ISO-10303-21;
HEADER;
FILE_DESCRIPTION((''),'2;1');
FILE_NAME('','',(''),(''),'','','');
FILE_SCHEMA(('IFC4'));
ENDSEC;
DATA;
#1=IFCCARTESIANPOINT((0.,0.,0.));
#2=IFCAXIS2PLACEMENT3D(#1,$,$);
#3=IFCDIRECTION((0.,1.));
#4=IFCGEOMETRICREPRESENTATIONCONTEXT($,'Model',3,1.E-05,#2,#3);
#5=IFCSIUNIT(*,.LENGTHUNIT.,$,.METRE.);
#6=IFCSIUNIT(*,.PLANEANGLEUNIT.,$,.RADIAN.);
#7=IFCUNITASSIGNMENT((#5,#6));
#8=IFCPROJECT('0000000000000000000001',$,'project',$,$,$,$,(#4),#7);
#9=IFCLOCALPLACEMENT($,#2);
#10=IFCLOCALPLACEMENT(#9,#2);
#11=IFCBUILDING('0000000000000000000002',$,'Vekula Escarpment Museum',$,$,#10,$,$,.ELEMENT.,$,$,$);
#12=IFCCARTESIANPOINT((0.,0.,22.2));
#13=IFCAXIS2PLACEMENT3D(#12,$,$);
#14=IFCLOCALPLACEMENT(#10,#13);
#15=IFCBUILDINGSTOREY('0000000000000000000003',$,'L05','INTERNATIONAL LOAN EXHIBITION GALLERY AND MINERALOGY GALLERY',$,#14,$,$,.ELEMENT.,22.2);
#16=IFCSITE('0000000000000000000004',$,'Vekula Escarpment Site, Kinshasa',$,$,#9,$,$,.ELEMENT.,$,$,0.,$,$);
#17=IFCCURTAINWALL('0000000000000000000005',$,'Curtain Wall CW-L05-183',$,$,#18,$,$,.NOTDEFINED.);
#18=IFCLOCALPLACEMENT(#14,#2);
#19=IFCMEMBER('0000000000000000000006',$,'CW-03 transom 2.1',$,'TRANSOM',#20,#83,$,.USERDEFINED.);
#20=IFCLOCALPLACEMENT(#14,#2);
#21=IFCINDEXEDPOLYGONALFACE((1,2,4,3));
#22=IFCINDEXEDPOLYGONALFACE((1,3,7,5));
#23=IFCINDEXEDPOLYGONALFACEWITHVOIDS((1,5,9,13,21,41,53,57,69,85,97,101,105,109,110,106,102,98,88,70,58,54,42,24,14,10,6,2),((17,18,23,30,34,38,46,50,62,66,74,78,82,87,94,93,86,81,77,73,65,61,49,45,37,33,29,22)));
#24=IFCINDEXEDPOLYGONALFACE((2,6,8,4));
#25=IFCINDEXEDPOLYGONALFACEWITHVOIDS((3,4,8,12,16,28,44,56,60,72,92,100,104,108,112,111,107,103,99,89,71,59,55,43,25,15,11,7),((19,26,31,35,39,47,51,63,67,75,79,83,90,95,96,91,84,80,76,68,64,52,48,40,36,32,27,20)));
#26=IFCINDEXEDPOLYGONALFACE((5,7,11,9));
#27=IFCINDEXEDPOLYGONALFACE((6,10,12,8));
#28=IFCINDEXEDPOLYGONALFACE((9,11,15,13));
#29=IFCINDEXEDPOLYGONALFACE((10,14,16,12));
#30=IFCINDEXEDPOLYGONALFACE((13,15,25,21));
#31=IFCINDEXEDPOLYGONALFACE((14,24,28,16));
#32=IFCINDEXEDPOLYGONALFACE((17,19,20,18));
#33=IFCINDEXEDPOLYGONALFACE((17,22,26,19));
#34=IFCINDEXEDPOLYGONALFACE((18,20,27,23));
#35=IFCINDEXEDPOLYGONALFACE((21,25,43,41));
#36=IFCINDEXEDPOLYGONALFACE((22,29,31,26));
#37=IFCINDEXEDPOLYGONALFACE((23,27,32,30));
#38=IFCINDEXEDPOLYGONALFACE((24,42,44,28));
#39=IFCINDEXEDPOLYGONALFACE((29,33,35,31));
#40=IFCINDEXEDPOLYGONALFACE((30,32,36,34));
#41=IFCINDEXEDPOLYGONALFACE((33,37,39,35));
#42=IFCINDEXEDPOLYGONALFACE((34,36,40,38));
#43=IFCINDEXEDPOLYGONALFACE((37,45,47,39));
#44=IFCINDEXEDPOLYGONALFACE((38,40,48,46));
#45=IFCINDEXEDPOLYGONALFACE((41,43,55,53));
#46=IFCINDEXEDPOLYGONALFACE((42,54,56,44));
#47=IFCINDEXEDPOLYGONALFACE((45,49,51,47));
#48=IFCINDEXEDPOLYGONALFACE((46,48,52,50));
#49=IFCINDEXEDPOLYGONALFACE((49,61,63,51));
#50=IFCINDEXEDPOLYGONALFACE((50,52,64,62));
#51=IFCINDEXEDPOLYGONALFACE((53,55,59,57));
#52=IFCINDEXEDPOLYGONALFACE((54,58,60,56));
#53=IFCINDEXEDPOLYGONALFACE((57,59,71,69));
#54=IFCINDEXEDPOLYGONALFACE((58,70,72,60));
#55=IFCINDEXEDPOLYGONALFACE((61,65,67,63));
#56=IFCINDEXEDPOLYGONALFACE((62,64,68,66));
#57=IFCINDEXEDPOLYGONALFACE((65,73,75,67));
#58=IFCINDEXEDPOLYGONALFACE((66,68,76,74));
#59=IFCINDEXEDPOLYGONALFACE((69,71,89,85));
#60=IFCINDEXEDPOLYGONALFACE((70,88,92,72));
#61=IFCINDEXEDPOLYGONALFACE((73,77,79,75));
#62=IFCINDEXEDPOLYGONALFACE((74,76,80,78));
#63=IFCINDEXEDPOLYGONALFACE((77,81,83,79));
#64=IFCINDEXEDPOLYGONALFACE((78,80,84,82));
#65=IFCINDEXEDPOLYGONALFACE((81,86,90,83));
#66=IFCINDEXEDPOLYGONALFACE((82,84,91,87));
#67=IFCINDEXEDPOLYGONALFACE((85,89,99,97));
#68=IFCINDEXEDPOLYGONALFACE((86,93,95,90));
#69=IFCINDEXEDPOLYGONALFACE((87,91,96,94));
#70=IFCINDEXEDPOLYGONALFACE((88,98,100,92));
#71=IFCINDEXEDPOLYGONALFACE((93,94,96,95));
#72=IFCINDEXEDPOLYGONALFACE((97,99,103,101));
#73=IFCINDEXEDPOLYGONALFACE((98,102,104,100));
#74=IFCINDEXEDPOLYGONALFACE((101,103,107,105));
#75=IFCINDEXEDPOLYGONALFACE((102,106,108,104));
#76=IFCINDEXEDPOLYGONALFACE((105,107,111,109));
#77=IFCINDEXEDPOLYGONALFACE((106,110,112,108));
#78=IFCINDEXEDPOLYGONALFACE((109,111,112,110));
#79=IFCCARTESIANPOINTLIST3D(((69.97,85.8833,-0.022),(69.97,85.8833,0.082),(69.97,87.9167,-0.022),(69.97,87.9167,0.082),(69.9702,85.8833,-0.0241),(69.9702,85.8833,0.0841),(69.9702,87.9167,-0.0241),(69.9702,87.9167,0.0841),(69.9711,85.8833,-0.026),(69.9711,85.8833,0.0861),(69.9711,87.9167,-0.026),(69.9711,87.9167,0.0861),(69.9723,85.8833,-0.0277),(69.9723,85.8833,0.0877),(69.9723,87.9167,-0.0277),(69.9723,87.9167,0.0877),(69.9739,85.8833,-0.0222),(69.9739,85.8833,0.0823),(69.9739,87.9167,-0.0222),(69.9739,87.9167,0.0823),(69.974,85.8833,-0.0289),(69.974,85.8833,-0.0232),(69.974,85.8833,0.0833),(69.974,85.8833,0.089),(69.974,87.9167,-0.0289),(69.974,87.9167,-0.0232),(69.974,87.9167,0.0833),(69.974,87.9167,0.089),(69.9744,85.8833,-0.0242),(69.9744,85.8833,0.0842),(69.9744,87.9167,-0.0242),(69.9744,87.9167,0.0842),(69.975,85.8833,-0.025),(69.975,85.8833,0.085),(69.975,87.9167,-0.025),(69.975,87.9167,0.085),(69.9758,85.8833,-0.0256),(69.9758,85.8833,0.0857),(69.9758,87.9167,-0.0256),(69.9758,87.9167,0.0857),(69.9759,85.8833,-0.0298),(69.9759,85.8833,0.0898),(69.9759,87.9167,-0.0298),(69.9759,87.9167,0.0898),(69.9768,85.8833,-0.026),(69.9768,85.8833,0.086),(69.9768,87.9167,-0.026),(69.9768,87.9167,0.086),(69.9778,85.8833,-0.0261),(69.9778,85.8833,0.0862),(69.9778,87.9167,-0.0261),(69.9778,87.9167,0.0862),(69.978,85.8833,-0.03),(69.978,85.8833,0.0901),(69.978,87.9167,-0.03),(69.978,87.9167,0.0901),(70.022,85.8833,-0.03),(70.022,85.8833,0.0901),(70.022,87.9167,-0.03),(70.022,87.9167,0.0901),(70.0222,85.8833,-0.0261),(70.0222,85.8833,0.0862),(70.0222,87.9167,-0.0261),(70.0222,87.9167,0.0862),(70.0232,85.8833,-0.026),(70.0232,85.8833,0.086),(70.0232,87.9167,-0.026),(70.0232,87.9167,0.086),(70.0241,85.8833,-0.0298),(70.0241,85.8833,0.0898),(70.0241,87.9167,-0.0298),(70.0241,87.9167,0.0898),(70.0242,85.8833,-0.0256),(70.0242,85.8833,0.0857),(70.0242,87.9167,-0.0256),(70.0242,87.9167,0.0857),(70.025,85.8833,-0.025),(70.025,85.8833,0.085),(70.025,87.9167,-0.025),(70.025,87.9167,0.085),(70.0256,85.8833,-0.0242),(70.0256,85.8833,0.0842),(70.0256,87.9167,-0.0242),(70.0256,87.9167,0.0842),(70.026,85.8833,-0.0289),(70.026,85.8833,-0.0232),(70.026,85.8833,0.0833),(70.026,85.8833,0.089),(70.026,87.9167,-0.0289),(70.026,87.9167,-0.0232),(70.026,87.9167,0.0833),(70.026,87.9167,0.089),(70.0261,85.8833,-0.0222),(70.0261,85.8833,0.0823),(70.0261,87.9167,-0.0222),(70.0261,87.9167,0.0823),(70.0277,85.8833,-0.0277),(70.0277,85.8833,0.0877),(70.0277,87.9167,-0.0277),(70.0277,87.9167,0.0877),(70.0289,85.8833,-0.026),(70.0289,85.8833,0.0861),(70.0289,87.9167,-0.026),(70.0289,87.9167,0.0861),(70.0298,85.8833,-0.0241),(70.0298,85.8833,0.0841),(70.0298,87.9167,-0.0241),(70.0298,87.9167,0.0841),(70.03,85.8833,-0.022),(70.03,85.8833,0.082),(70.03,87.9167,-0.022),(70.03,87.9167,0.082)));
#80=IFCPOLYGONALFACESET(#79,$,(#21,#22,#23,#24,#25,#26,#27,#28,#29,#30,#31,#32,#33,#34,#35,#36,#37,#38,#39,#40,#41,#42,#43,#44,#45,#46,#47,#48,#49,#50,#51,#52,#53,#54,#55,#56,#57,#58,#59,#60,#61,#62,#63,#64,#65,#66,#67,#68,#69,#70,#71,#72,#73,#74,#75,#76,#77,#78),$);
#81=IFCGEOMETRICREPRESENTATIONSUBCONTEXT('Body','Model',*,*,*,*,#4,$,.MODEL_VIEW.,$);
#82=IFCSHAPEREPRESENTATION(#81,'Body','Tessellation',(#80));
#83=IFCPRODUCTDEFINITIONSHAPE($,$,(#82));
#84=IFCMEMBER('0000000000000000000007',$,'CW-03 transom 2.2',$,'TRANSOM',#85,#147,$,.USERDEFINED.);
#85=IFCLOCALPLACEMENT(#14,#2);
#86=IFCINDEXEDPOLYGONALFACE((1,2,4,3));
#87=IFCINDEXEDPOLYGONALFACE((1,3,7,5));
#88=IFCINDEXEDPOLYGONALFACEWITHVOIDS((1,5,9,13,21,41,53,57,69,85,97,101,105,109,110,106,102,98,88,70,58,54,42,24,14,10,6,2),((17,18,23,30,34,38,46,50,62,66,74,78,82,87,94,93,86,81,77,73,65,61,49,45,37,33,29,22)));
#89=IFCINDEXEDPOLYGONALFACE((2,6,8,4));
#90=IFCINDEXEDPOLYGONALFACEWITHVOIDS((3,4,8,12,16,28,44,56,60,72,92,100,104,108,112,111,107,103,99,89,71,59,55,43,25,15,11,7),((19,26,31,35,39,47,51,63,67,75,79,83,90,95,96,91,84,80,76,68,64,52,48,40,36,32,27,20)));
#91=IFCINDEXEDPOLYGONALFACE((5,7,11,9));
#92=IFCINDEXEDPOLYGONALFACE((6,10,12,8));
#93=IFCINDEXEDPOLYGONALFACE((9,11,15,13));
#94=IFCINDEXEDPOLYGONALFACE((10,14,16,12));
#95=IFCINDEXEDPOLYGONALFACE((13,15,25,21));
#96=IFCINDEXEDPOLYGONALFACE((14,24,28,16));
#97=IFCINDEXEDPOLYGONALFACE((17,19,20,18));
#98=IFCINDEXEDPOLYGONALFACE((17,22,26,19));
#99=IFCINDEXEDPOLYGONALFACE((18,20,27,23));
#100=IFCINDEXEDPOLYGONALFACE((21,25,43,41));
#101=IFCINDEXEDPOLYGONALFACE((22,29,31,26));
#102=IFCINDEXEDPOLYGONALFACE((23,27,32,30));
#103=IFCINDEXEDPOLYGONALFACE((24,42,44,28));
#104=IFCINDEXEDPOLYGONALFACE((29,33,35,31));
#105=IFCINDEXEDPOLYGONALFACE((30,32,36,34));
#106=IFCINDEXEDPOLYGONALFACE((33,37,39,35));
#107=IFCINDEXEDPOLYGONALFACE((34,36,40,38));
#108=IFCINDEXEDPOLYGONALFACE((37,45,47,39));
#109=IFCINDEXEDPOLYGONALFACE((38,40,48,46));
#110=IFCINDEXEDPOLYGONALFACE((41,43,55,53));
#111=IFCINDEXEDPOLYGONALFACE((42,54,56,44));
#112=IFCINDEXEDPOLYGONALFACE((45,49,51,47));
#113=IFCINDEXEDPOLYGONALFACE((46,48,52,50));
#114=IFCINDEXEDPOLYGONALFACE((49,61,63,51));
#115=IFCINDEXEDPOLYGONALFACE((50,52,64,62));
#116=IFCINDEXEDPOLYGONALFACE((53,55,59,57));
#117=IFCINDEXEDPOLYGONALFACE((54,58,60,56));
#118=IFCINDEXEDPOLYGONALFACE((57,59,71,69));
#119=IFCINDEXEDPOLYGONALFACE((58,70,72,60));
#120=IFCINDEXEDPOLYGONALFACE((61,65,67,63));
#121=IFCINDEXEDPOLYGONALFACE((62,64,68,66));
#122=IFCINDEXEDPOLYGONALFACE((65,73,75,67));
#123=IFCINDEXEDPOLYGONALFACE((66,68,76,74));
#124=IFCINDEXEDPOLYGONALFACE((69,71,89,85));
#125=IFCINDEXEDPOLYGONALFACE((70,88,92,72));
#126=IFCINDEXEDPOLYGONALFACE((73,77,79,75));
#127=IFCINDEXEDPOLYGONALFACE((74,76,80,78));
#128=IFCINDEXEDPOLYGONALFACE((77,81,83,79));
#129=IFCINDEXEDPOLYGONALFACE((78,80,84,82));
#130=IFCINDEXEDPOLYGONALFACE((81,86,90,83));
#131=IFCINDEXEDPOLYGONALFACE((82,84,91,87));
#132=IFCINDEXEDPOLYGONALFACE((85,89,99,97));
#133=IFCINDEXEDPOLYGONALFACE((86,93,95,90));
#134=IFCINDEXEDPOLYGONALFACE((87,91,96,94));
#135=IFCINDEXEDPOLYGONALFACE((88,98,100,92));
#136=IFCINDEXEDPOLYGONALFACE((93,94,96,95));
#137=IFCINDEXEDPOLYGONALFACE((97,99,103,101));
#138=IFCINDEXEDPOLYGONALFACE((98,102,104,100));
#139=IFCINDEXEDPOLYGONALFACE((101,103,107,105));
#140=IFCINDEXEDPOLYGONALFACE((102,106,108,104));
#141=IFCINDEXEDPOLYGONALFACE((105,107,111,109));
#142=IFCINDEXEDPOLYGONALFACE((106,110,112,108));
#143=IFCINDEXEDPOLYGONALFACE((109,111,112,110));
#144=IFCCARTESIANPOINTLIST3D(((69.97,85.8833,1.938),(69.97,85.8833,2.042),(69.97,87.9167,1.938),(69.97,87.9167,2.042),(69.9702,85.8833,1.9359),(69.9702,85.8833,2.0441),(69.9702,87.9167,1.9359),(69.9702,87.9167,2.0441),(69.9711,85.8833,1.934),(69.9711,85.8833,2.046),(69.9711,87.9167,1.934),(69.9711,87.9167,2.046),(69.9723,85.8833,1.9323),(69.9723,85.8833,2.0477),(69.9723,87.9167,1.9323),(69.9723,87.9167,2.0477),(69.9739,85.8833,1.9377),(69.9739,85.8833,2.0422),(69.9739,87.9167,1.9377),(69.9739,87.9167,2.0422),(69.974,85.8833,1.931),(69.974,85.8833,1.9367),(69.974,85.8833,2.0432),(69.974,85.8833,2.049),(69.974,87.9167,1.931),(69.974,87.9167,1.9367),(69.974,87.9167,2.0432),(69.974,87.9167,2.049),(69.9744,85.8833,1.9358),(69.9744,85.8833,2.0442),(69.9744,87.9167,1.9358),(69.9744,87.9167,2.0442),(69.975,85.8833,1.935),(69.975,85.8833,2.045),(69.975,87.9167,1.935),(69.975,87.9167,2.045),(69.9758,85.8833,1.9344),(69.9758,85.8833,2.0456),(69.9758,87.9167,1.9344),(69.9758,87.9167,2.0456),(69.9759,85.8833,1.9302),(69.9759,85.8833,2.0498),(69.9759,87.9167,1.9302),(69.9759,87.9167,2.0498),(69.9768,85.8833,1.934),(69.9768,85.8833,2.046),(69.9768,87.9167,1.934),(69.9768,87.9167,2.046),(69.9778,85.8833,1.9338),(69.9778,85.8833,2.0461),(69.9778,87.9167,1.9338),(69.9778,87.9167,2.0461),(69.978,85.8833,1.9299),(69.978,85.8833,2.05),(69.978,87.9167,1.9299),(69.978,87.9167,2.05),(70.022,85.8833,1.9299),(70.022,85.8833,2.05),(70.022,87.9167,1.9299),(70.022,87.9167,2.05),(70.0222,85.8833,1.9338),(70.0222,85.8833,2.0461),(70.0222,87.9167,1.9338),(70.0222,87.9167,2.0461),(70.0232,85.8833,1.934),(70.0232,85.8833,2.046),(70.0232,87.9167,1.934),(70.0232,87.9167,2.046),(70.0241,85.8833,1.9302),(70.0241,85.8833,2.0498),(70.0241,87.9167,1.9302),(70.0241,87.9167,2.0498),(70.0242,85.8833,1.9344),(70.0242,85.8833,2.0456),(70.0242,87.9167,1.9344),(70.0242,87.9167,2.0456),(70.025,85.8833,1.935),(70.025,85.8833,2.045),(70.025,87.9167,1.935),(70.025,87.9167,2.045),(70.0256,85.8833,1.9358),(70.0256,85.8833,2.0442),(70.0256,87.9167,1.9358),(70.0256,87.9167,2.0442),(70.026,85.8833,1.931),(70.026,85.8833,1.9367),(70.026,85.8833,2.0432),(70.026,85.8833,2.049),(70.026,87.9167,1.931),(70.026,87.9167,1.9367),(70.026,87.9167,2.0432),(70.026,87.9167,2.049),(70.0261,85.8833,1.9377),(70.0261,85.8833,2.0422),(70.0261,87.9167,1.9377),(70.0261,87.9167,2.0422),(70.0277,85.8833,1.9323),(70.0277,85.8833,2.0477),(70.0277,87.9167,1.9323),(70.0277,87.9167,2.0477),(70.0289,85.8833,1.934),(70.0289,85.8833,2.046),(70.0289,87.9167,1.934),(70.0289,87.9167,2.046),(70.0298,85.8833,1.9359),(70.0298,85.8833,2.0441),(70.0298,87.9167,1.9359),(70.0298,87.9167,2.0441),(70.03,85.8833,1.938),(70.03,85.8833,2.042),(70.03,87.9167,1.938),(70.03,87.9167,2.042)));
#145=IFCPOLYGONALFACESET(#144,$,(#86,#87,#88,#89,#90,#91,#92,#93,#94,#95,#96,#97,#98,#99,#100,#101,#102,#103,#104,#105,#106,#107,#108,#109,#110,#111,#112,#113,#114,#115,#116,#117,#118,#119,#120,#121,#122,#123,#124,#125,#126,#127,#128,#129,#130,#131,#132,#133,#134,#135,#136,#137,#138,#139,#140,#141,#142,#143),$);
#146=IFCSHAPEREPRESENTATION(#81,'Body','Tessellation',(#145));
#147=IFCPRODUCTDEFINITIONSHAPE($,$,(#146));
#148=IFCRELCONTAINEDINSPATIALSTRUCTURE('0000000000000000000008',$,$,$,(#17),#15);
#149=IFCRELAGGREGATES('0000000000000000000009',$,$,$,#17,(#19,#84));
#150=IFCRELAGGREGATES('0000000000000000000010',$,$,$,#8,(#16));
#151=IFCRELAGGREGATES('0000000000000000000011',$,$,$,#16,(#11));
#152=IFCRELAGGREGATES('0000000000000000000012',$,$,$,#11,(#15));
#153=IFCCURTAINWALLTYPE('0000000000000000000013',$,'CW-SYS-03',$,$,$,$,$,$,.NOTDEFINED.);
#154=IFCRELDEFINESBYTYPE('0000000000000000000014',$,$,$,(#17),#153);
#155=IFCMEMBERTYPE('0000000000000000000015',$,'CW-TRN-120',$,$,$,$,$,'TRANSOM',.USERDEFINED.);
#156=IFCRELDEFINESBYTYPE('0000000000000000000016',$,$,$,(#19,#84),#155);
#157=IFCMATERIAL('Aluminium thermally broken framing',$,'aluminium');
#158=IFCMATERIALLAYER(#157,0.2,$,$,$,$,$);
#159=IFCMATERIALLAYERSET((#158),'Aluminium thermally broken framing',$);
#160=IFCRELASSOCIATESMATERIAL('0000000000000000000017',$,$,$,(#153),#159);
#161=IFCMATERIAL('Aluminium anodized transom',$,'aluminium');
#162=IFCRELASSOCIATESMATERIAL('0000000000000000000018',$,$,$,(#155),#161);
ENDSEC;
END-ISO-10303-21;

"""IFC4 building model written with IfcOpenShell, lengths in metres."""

from ifc_helpers import new_model, si_unit, direction, frame, origin, origin_2d, place, context, subcontext, project, spatial, hollow_rectangle, extrude, material, layer, layer_set, material_profile, profile_set, type_object, element, aggregate, save


model = new_model("IFC4")

# Units and contexts
model_context = context("Model", 3, precision=1e-05, world=origin(), true_north=direction((0.0, 1.0)))
body_context = subcontext(model_context, "Body", "Model", "MODEL_VIEW")
ifc_project = project(units=[si_unit("LENGTHUNIT", "METRE"), si_unit("PLANEANGLEUNIT", "RADIAN")], contexts=[model_context])

# Site, building, storey
site_placement = place(None, origin())
site = spatial("IfcSite", under=ifc_project, at=site_placement, Name="Vekula Escarpment Site, Kinshasa", CompositionType="ELEMENT", RefElevation=0.0)
building_placement = place(site_placement, origin())
building = spatial("IfcBuilding", under=site, at=building_placement, Name="Vekula Escarpment Museum", CompositionType="ELEMENT")
storey_placement = place(building_placement, frame((0.0, 0.0, 22.2)))
storey = spatial("IfcBuildingStorey", under=building, at=storey_placement, Name="L05", Description="INTERNATIONAL LOAN EXHIBITION GALLERY AND MINERALOGY GALLERY", CompositionType="ELEMENT", Elevation=22.2)

# Curtain wall, members
ifc_material_1 = material(Name="Aluminium thermally broken framing", Category="aluminium")
ifc_layer_1 = layer(ifc_material_1, 0.2)
ifc_layer_set_1 = layer_set([ifc_layer_1], Name="Aluminium thermally broken framing")
curtain_wall_type = type_object("IfcCurtainWallType", Name="CW-SYS-03", PredefinedType="NOTDEFINED", material=ifc_layer_set_1)
curtain_wall_placement = place(storey_placement, origin())
curtain_wall = element("IfcCurtainWall", 1, at=curtain_wall_placement, inside=storey, type_object=curtain_wall_type, Name="Curtain Wall CW-L05-183", PredefinedType="NOTDEFINED")
ifc_material_2 = material(Name="Aluminium anodized transom", Category="aluminium")
ifc_material_profile_1 = material_profile(ifc_material_2, hollow_rectangle(XDim=0.0601, YDim=0.1201, WallThickness=0.0039, InnerFilletRadius=0.0039, OuterFilletRadius=0.0081, at=origin_2d()), Name="ALU 120x60x4")
ifc_profile_set_1 = profile_set([ifc_material_profile_1], Name="Aluminium anodized transom")
member_type_1 = type_object("IfcMemberType", Name="CW-TRN-120", ElementType="TRANSOM", PredefinedType="USERDEFINED", material=ifc_profile_set_1)
member_1_placement = place(storey_placement, frame((70.0, 87.9167, 0.03), z_axis=(0.0, -1.0, 0.0), x_axis=(1.0, 0.0, 0.0)))
member_1 = element("IfcMember", 2, at=member_1_placement, type_object=member_type_1, Name="CW-03 transom 2.1", ObjectType="TRANSOM", PredefinedType="USERDEFINED", context=body_context, shape_type="SweptSolid", body=[
    extrude(hollow_rectangle(XDim=0.0601, YDim=0.1201, WallThickness=0.0039, InnerFilletRadius=0.0039, OuterFilletRadius=0.0081, at=origin_2d()), origin(), (0.0, 0.0, 1.0), 2.0334),
])
member_2_placement = place(storey_placement, frame((70.0, 87.9167, 1.99), z_axis=(0.0, -1.0, 0.0), x_axis=(1.0, 0.0, 0.0)))
member_2 = element("IfcMember", 3, at=member_2_placement, type_object=member_type_1, Name="CW-03 transom 2.2", ObjectType="TRANSOM", PredefinedType="USERDEFINED", context=body_context, shape_type="SweptSolid", body=[
    extrude(hollow_rectangle(XDim=0.0601, YDim=0.1201, WallThickness=0.0039, InnerFilletRadius=0.0039, OuterFilletRadius=0.0081, at=origin_2d()), origin(), (0.0, 0.0, 1.0), 2.0334),
])
aggregate(curtain_wall, [member_1, member_2])

save(model, "model.ifc")
